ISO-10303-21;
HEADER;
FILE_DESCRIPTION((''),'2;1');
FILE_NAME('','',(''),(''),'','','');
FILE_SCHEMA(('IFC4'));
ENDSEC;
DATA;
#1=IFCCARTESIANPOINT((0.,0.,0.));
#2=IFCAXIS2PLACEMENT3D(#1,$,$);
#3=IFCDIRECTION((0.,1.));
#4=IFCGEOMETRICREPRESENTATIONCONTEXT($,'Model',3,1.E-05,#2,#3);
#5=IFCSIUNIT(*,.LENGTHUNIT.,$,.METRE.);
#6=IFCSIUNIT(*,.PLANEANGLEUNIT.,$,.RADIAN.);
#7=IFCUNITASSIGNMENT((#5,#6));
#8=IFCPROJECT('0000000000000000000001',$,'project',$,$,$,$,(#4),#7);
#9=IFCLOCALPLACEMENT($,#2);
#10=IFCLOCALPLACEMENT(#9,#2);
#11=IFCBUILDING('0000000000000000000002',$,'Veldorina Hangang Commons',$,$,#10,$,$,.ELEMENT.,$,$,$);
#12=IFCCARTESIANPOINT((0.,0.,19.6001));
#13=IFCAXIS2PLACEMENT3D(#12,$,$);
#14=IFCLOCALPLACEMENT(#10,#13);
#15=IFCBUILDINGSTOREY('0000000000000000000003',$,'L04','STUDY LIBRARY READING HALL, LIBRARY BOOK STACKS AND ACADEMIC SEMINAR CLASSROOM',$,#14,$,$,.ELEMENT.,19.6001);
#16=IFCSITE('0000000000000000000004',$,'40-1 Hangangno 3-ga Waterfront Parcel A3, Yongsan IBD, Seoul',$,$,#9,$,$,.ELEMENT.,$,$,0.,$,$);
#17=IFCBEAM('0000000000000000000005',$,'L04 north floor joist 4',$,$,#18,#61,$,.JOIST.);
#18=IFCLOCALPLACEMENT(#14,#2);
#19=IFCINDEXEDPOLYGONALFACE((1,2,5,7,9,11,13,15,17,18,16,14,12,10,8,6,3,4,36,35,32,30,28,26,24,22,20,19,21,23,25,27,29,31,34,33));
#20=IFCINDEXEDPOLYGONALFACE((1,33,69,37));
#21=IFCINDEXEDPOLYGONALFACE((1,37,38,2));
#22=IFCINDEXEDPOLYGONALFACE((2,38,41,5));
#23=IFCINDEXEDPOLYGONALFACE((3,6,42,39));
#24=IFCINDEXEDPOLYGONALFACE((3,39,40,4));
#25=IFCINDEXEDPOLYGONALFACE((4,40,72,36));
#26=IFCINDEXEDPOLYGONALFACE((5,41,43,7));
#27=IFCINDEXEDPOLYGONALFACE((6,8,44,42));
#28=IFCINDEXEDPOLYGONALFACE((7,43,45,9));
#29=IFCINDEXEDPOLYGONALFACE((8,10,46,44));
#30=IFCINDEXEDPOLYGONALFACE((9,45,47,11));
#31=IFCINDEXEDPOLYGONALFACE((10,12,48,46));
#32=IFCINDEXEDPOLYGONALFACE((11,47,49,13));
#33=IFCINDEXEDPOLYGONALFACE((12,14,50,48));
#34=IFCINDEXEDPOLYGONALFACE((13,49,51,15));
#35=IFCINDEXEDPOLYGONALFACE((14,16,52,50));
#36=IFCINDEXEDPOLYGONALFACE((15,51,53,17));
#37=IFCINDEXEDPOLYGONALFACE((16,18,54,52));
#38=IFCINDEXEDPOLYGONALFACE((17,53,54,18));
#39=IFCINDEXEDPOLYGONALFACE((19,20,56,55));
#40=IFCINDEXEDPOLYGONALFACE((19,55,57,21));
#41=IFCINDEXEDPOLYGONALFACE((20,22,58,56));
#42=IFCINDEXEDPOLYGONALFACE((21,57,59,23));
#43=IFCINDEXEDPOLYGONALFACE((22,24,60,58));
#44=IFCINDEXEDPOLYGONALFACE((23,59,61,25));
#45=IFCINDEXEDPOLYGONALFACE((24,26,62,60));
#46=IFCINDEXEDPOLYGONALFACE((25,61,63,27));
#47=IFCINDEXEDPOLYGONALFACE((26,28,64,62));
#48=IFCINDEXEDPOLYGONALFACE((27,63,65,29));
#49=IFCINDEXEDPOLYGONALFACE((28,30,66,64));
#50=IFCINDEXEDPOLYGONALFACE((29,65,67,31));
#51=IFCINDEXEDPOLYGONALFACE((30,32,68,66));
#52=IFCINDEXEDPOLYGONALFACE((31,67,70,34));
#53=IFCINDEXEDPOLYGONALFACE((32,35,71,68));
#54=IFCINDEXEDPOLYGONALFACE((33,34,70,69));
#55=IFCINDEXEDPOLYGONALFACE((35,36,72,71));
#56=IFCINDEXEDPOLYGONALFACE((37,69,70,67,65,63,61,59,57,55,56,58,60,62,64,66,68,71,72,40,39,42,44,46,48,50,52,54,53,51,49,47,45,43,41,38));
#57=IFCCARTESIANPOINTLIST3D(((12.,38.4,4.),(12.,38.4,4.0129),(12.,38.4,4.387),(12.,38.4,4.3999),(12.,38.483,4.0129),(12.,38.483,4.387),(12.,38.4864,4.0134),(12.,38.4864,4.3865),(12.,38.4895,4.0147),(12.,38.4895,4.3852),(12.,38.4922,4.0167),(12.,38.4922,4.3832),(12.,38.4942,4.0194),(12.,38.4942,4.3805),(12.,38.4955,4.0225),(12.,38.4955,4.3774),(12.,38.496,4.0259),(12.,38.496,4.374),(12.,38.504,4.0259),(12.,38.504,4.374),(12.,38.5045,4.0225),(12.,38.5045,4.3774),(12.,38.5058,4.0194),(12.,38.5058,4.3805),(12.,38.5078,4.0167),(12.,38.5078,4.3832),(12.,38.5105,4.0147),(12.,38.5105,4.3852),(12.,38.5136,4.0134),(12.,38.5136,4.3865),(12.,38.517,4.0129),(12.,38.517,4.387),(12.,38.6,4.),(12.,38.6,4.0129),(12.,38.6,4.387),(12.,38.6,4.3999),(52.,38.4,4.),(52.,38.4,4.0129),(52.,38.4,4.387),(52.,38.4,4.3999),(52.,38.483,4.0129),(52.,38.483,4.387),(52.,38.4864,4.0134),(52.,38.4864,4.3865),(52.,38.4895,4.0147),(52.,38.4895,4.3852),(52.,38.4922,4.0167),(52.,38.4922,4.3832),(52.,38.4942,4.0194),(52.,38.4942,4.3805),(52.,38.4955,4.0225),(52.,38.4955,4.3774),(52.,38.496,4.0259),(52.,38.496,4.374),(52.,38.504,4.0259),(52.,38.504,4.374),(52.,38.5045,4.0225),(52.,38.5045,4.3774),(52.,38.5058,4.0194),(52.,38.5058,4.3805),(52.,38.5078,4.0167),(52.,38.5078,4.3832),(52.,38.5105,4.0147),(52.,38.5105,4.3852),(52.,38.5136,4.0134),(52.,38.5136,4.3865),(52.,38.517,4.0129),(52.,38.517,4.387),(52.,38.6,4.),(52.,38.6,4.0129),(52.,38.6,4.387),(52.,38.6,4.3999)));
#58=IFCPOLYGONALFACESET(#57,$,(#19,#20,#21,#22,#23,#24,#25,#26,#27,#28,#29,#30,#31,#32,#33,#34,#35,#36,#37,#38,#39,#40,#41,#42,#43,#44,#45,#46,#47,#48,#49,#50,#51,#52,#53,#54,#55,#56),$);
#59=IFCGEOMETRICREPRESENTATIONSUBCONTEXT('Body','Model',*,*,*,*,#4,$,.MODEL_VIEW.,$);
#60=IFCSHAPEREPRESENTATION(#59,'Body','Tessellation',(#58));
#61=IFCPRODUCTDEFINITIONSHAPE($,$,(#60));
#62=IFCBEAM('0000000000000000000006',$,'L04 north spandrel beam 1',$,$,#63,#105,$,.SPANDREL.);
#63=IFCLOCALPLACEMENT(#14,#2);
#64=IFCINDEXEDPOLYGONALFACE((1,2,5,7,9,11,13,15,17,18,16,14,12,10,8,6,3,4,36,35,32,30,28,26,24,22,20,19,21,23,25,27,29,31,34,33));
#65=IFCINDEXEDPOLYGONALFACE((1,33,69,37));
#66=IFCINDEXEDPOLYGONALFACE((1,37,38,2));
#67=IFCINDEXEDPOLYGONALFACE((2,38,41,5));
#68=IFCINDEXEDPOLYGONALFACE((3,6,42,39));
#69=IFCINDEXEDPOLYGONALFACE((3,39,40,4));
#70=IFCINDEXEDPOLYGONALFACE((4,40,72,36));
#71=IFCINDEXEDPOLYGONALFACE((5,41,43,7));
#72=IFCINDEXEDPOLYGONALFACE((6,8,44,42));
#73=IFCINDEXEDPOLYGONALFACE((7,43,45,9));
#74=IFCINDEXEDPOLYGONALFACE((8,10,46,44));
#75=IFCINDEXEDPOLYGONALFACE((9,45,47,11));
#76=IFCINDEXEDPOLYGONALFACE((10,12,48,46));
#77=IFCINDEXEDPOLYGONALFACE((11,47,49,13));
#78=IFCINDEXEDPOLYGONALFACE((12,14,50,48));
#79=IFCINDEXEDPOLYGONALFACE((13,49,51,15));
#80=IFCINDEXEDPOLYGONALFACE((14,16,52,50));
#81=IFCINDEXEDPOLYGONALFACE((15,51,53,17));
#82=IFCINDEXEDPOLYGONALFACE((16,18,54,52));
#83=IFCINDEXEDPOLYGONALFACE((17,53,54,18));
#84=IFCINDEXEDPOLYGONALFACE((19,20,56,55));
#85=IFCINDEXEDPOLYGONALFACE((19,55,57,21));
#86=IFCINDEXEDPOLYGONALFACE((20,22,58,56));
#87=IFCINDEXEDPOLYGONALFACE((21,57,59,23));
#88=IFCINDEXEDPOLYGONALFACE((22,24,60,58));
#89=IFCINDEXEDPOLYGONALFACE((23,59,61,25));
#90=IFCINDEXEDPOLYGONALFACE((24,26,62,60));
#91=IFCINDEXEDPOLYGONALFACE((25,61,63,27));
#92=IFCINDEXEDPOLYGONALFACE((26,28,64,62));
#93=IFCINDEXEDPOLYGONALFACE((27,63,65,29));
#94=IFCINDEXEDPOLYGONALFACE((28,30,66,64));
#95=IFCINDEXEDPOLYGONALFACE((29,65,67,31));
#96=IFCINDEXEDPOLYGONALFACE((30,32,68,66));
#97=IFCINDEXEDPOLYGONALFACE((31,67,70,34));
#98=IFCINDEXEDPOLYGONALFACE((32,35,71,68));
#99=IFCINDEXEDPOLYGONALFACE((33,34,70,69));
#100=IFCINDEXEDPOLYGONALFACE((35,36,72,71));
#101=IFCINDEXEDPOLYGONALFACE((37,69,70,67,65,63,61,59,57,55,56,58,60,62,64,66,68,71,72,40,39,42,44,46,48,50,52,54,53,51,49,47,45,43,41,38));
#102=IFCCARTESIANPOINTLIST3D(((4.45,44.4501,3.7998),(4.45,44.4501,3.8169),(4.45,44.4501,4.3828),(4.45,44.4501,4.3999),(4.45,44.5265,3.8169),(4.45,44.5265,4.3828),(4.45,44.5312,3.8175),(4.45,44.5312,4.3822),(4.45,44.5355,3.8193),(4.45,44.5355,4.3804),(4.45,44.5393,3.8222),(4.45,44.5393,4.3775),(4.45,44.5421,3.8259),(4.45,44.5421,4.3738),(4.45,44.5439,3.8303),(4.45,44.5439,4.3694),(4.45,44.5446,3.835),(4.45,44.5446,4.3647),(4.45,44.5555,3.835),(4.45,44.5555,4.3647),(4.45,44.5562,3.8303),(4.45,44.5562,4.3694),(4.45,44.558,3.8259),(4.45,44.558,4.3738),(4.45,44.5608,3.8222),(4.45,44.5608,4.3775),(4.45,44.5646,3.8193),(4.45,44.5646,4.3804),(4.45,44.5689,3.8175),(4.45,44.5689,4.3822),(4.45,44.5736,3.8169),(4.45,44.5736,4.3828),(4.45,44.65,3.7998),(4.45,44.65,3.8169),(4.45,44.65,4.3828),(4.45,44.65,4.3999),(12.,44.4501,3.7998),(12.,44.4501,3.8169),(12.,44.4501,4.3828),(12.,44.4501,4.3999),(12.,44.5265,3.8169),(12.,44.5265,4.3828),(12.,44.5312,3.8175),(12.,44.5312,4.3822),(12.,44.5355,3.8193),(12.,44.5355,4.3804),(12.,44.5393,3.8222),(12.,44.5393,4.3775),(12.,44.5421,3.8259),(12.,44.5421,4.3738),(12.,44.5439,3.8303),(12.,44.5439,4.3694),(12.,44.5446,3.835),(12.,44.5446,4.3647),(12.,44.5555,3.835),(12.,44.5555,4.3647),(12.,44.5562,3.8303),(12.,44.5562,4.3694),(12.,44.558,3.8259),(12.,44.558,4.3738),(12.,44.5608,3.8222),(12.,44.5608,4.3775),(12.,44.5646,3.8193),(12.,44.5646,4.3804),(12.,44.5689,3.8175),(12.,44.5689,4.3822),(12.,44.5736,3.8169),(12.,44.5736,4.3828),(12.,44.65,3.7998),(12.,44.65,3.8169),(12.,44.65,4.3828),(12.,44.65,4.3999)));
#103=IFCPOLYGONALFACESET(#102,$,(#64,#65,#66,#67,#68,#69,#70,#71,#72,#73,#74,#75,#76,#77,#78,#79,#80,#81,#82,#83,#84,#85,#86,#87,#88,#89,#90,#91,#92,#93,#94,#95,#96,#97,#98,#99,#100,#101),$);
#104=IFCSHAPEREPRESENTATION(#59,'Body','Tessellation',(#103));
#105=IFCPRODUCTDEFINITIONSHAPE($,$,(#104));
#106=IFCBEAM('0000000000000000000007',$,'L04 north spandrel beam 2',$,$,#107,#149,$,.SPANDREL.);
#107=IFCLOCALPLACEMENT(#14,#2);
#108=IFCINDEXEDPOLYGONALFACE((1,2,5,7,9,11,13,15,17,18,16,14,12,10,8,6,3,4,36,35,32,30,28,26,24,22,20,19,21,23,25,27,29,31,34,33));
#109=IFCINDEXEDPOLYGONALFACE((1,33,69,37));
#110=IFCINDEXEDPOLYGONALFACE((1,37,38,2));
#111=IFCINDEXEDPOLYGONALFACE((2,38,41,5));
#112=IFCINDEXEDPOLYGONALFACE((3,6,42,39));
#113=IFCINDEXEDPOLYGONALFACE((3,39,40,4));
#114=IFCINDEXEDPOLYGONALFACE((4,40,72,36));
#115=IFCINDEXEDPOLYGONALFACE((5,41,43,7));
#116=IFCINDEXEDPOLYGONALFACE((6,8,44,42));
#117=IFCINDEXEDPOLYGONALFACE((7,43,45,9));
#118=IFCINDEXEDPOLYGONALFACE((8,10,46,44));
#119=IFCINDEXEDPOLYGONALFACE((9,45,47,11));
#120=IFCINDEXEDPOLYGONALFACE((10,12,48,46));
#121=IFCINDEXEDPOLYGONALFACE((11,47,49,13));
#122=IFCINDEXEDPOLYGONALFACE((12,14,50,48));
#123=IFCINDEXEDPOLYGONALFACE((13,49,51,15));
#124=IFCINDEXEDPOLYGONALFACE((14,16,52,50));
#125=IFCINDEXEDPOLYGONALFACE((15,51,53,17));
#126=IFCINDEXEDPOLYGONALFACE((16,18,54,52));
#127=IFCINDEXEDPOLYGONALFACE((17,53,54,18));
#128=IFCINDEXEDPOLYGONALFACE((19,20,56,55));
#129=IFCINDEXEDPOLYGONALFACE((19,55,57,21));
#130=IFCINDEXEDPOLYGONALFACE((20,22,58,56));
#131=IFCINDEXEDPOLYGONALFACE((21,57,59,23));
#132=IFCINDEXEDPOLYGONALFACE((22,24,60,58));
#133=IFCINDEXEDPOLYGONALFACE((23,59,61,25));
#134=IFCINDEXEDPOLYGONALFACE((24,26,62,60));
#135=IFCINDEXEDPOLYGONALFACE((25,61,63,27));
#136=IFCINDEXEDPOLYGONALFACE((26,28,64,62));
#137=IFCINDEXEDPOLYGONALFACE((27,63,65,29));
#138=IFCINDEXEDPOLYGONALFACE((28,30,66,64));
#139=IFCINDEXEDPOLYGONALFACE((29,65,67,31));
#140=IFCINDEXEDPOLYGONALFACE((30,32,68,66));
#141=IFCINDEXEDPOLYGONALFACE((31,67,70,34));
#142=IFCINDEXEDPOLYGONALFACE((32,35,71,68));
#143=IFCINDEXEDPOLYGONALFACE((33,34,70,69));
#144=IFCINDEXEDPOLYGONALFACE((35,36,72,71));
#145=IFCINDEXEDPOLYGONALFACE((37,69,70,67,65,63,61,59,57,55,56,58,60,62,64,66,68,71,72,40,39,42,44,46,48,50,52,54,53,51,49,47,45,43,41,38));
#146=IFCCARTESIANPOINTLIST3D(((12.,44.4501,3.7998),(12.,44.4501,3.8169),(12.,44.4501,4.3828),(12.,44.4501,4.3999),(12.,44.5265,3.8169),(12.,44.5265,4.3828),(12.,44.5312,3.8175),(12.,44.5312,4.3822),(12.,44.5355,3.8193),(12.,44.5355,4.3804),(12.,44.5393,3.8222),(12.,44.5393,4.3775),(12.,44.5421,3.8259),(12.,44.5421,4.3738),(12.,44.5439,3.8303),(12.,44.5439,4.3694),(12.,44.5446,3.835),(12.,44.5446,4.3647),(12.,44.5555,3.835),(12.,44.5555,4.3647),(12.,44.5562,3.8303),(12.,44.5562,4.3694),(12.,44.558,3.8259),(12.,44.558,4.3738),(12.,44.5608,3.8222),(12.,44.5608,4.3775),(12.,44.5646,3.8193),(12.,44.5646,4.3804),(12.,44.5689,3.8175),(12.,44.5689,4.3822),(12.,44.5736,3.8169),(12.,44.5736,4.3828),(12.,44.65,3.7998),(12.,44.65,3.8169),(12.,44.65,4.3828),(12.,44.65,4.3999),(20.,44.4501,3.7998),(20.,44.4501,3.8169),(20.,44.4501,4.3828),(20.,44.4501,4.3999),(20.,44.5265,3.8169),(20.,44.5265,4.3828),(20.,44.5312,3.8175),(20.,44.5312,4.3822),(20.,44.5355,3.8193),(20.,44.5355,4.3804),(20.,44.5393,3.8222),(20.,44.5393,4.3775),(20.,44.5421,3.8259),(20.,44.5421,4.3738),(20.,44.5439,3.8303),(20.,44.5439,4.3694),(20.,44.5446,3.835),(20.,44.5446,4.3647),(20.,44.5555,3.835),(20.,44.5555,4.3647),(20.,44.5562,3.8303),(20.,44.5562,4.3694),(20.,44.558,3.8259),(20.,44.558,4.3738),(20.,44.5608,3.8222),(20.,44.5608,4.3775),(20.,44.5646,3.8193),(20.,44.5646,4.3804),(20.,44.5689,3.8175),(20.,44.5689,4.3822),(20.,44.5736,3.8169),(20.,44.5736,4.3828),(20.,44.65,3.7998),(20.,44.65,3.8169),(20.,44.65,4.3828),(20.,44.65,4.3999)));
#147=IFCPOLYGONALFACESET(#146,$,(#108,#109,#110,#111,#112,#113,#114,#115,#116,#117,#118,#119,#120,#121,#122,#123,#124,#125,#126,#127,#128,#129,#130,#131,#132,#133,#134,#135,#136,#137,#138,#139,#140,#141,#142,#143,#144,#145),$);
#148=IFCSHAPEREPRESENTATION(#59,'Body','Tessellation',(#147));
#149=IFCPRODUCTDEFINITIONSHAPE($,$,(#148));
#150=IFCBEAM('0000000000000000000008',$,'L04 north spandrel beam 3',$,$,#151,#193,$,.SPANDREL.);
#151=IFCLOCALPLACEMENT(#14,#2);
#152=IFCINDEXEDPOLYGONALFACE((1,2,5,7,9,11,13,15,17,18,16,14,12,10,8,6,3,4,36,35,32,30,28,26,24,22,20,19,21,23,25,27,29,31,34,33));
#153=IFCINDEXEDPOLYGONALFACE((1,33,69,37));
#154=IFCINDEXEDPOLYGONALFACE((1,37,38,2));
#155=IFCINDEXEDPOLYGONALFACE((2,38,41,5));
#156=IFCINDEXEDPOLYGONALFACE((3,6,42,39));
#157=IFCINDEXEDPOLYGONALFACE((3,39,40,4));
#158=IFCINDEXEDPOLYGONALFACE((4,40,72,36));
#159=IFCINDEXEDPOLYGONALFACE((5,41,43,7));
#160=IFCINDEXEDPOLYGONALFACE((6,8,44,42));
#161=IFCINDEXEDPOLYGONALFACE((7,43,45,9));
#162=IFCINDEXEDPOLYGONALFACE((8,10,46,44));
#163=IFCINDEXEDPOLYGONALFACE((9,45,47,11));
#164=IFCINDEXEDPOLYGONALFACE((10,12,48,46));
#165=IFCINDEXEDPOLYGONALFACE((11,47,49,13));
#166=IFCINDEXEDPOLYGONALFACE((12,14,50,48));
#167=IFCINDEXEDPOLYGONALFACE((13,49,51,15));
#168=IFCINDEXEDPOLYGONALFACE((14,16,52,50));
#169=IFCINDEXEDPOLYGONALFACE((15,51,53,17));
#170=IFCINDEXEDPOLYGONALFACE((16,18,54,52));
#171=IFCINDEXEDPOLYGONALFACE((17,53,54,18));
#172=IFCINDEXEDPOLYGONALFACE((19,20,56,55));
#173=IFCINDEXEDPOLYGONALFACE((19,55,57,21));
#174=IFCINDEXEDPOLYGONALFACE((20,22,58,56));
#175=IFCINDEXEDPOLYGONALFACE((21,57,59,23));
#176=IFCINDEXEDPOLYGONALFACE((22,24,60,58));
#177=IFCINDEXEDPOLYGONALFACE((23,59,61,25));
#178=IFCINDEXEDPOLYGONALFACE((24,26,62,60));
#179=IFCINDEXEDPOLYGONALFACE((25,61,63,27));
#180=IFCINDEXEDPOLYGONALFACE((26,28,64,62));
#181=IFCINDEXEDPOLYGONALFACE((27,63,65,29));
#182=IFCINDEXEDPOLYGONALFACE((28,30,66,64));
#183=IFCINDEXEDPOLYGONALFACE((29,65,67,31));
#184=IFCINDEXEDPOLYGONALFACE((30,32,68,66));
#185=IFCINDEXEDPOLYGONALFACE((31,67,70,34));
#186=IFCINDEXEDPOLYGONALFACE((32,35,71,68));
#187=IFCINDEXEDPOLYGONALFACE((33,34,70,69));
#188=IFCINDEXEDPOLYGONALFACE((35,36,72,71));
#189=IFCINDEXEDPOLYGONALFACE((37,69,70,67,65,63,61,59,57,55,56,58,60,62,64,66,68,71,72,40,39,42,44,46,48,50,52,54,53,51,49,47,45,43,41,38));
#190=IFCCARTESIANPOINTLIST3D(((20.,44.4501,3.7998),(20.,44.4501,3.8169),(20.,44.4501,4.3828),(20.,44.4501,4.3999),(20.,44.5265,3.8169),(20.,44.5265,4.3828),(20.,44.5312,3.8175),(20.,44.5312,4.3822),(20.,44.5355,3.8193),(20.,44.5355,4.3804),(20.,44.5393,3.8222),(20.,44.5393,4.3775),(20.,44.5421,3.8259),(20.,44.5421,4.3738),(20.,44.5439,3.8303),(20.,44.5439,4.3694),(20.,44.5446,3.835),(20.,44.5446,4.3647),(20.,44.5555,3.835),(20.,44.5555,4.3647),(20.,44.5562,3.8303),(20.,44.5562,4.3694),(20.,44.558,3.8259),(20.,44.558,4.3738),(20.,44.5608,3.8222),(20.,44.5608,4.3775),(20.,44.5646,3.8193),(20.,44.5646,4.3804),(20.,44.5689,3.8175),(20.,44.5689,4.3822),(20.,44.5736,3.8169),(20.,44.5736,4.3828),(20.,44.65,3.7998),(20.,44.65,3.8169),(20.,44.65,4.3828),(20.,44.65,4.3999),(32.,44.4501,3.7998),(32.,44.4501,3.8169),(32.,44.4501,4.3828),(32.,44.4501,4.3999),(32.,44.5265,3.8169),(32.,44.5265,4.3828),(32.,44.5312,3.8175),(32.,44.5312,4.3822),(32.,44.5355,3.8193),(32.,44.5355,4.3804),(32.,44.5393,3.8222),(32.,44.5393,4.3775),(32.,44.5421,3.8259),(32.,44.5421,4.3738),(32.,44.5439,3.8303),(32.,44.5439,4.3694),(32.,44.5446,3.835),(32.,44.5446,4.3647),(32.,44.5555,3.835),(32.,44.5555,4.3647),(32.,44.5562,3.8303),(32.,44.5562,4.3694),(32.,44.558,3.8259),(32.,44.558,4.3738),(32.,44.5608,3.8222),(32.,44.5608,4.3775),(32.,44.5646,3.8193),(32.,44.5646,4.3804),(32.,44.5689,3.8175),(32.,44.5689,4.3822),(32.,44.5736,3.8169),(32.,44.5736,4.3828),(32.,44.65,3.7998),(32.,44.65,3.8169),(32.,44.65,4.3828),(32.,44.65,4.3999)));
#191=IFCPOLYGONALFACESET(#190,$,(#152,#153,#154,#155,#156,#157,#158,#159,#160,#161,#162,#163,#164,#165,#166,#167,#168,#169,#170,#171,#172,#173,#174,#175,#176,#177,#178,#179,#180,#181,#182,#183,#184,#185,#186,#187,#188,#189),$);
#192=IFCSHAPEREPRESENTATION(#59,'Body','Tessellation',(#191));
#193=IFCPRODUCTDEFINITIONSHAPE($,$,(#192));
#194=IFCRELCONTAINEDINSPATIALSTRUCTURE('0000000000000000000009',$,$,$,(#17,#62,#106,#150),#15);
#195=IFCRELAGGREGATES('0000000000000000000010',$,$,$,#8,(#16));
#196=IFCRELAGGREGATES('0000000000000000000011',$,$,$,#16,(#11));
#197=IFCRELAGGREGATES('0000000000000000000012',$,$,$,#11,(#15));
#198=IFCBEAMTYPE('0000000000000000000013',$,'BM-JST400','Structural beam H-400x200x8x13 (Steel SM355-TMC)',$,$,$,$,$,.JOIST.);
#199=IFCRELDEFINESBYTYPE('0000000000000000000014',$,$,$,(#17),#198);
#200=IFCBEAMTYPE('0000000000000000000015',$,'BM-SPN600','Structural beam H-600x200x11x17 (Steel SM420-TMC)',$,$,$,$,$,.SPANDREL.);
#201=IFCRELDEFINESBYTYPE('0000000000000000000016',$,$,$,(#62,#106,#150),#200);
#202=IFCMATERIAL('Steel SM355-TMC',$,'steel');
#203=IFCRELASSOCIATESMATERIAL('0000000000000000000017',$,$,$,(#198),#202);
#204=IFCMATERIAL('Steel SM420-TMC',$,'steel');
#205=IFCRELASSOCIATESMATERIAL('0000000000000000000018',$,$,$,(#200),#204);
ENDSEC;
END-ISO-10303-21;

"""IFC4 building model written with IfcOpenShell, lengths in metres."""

from ifc_helpers import new_model, si_unit, direction, frame, origin, origin_2d, place, context, subcontext, project, spatial, i_section, extrude, material, material_profile, profile_set, type_object, element, save


model = new_model("IFC4")

# Units and contexts
model_context = context("Model", 3, precision=1e-05, world=origin(), true_north=direction((0.0, 1.0)))
body_context = subcontext(model_context, "Body", "Model", "MODEL_VIEW")
ifc_project = project(units=[si_unit("LENGTHUNIT", "METRE"), si_unit("PLANEANGLEUNIT", "RADIAN")], contexts=[model_context])

# Site, building, storey
site_placement = place(None, origin())
site = spatial("IfcSite", under=ifc_project, at=site_placement, Name="40-1 Hangangno 3-ga Waterfront Parcel A3, Yongsan IBD, Seoul", CompositionType="ELEMENT", RefElevation=0.0)
building_placement = place(site_placement, origin())
building = spatial("IfcBuilding", under=site, at=building_placement, Name="Veldorina Hangang Commons", CompositionType="ELEMENT")
storey_placement = place(building_placement, frame((0.0, 0.0, 19.6001)))
storey = spatial("IfcBuildingStorey", under=building, at=storey_placement, Name="L04", Description="STUDY LIBRARY READING HALL, LIBRARY BOOK STACKS AND ACADEMIC SEMINAR CLASSROOM", CompositionType="ELEMENT", Elevation=19.6001)

# Shared definitions
ifc_material_1 = material(Name="Steel SM420-TMC", Category="steel")
ifc_material_2 = material(Name="Steel SM355-TMC", Category="steel")

# Beams
ifc_material_profile_1 = material_profile(ifc_material_2, i_section(OverallWidth=0.2, OverallDepth=0.3999, WebThickness=0.0081, FlangeThickness=0.0129, FilletRadius=0.0129, at=origin_2d()), Name="H-400x200x8x13")
ifc_profile_set_1 = profile_set([ifc_material_profile_1], Name="Steel SM355-TMC")
beam_type_1 = type_object("IfcBeamType", Name="BM-JST400", Description="Structural beam H-400x200x8x13 (Steel SM355-TMC)", PredefinedType="JOIST", material=ifc_profile_set_1)
beam_1_placement = place(storey_placement, frame((12.0, 38.5, 4.2), z_axis=(1.0, 0.0, 0.0), x_axis=(0.0, 1.0, 0.0)))
element("IfcBeam", 1, at=beam_1_placement, inside=storey, type_object=beam_type_1, Name="L04 north floor joist 4", PredefinedType="JOIST", context=body_context, shape_type="SweptSolid", body=[
    extrude(i_section(OverallWidth=0.2, OverallDepth=0.3999, WebThickness=0.0081, FlangeThickness=0.0129, FilletRadius=0.0129, at=origin_2d()), origin(), (0.0, 0.0, 1.0), 40.0),
])
ifc_material_profile_2 = material_profile(ifc_material_1, i_section(OverallWidth=0.2, OverallDepth=0.6001, WebThickness=0.011, FlangeThickness=0.0171, FilletRadius=0.0181, at=origin_2d()), Name="H-600x200x11x17")
ifc_profile_set_2 = profile_set([ifc_material_profile_2], Name="Steel SM420-TMC")
beam_type_2 = type_object("IfcBeamType", Name="BM-SPN600", Description="Structural beam H-600x200x11x17 (Steel SM420-TMC)", PredefinedType="SPANDREL", material=ifc_profile_set_2)
beam_2_placement = place(storey_placement, frame((4.45, 44.55, 4.0999), z_axis=(1.0, 0.0, 0.0), x_axis=(0.0, 1.0, 0.0)))
element("IfcBeam", 2, at=beam_2_placement, inside=storey, type_object=beam_type_2, Name="L04 north spandrel beam 1", PredefinedType="SPANDREL", context=body_context, shape_type="SweptSolid", body=[
    extrude(i_section(OverallWidth=0.2, OverallDepth=0.6001, WebThickness=0.011, FlangeThickness=0.0171, FilletRadius=0.0181, at=origin_2d()), origin(), (0.0, 0.0, 1.0), 7.55),
])
beam_3_placement = place(storey_placement, frame((12.0, 44.55, 4.0999), z_axis=(1.0, 0.0, 0.0), x_axis=(0.0, 1.0, 0.0)))
element("IfcBeam", 3, at=beam_3_placement, inside=storey, type_object=beam_type_2, Name="L04 north spandrel beam 2", PredefinedType="SPANDREL", context=body_context, shape_type="SweptSolid", body=[
    extrude(i_section(OverallWidth=0.2, OverallDepth=0.6001, WebThickness=0.011, FlangeThickness=0.0171, FilletRadius=0.0181, at=origin_2d()), origin(), (0.0, 0.0, 1.0), 8.0),
])
beam_4_placement = place(storey_placement, frame((20.0, 44.55, 4.0999), z_axis=(1.0, 0.0, 0.0), x_axis=(0.0, 1.0, 0.0)))
element("IfcBeam", 4, at=beam_4_placement, inside=storey, type_object=beam_type_2, Name="L04 north spandrel beam 3", PredefinedType="SPANDREL", context=body_context, shape_type="SweptSolid", body=[
    extrude(i_section(OverallWidth=0.2, OverallDepth=0.6001, WebThickness=0.011, FlangeThickness=0.0171, FilletRadius=0.0181, at=origin_2d()), origin(), (0.0, 0.0, 1.0), 12.0),
])

save(model, "model.ifc")
